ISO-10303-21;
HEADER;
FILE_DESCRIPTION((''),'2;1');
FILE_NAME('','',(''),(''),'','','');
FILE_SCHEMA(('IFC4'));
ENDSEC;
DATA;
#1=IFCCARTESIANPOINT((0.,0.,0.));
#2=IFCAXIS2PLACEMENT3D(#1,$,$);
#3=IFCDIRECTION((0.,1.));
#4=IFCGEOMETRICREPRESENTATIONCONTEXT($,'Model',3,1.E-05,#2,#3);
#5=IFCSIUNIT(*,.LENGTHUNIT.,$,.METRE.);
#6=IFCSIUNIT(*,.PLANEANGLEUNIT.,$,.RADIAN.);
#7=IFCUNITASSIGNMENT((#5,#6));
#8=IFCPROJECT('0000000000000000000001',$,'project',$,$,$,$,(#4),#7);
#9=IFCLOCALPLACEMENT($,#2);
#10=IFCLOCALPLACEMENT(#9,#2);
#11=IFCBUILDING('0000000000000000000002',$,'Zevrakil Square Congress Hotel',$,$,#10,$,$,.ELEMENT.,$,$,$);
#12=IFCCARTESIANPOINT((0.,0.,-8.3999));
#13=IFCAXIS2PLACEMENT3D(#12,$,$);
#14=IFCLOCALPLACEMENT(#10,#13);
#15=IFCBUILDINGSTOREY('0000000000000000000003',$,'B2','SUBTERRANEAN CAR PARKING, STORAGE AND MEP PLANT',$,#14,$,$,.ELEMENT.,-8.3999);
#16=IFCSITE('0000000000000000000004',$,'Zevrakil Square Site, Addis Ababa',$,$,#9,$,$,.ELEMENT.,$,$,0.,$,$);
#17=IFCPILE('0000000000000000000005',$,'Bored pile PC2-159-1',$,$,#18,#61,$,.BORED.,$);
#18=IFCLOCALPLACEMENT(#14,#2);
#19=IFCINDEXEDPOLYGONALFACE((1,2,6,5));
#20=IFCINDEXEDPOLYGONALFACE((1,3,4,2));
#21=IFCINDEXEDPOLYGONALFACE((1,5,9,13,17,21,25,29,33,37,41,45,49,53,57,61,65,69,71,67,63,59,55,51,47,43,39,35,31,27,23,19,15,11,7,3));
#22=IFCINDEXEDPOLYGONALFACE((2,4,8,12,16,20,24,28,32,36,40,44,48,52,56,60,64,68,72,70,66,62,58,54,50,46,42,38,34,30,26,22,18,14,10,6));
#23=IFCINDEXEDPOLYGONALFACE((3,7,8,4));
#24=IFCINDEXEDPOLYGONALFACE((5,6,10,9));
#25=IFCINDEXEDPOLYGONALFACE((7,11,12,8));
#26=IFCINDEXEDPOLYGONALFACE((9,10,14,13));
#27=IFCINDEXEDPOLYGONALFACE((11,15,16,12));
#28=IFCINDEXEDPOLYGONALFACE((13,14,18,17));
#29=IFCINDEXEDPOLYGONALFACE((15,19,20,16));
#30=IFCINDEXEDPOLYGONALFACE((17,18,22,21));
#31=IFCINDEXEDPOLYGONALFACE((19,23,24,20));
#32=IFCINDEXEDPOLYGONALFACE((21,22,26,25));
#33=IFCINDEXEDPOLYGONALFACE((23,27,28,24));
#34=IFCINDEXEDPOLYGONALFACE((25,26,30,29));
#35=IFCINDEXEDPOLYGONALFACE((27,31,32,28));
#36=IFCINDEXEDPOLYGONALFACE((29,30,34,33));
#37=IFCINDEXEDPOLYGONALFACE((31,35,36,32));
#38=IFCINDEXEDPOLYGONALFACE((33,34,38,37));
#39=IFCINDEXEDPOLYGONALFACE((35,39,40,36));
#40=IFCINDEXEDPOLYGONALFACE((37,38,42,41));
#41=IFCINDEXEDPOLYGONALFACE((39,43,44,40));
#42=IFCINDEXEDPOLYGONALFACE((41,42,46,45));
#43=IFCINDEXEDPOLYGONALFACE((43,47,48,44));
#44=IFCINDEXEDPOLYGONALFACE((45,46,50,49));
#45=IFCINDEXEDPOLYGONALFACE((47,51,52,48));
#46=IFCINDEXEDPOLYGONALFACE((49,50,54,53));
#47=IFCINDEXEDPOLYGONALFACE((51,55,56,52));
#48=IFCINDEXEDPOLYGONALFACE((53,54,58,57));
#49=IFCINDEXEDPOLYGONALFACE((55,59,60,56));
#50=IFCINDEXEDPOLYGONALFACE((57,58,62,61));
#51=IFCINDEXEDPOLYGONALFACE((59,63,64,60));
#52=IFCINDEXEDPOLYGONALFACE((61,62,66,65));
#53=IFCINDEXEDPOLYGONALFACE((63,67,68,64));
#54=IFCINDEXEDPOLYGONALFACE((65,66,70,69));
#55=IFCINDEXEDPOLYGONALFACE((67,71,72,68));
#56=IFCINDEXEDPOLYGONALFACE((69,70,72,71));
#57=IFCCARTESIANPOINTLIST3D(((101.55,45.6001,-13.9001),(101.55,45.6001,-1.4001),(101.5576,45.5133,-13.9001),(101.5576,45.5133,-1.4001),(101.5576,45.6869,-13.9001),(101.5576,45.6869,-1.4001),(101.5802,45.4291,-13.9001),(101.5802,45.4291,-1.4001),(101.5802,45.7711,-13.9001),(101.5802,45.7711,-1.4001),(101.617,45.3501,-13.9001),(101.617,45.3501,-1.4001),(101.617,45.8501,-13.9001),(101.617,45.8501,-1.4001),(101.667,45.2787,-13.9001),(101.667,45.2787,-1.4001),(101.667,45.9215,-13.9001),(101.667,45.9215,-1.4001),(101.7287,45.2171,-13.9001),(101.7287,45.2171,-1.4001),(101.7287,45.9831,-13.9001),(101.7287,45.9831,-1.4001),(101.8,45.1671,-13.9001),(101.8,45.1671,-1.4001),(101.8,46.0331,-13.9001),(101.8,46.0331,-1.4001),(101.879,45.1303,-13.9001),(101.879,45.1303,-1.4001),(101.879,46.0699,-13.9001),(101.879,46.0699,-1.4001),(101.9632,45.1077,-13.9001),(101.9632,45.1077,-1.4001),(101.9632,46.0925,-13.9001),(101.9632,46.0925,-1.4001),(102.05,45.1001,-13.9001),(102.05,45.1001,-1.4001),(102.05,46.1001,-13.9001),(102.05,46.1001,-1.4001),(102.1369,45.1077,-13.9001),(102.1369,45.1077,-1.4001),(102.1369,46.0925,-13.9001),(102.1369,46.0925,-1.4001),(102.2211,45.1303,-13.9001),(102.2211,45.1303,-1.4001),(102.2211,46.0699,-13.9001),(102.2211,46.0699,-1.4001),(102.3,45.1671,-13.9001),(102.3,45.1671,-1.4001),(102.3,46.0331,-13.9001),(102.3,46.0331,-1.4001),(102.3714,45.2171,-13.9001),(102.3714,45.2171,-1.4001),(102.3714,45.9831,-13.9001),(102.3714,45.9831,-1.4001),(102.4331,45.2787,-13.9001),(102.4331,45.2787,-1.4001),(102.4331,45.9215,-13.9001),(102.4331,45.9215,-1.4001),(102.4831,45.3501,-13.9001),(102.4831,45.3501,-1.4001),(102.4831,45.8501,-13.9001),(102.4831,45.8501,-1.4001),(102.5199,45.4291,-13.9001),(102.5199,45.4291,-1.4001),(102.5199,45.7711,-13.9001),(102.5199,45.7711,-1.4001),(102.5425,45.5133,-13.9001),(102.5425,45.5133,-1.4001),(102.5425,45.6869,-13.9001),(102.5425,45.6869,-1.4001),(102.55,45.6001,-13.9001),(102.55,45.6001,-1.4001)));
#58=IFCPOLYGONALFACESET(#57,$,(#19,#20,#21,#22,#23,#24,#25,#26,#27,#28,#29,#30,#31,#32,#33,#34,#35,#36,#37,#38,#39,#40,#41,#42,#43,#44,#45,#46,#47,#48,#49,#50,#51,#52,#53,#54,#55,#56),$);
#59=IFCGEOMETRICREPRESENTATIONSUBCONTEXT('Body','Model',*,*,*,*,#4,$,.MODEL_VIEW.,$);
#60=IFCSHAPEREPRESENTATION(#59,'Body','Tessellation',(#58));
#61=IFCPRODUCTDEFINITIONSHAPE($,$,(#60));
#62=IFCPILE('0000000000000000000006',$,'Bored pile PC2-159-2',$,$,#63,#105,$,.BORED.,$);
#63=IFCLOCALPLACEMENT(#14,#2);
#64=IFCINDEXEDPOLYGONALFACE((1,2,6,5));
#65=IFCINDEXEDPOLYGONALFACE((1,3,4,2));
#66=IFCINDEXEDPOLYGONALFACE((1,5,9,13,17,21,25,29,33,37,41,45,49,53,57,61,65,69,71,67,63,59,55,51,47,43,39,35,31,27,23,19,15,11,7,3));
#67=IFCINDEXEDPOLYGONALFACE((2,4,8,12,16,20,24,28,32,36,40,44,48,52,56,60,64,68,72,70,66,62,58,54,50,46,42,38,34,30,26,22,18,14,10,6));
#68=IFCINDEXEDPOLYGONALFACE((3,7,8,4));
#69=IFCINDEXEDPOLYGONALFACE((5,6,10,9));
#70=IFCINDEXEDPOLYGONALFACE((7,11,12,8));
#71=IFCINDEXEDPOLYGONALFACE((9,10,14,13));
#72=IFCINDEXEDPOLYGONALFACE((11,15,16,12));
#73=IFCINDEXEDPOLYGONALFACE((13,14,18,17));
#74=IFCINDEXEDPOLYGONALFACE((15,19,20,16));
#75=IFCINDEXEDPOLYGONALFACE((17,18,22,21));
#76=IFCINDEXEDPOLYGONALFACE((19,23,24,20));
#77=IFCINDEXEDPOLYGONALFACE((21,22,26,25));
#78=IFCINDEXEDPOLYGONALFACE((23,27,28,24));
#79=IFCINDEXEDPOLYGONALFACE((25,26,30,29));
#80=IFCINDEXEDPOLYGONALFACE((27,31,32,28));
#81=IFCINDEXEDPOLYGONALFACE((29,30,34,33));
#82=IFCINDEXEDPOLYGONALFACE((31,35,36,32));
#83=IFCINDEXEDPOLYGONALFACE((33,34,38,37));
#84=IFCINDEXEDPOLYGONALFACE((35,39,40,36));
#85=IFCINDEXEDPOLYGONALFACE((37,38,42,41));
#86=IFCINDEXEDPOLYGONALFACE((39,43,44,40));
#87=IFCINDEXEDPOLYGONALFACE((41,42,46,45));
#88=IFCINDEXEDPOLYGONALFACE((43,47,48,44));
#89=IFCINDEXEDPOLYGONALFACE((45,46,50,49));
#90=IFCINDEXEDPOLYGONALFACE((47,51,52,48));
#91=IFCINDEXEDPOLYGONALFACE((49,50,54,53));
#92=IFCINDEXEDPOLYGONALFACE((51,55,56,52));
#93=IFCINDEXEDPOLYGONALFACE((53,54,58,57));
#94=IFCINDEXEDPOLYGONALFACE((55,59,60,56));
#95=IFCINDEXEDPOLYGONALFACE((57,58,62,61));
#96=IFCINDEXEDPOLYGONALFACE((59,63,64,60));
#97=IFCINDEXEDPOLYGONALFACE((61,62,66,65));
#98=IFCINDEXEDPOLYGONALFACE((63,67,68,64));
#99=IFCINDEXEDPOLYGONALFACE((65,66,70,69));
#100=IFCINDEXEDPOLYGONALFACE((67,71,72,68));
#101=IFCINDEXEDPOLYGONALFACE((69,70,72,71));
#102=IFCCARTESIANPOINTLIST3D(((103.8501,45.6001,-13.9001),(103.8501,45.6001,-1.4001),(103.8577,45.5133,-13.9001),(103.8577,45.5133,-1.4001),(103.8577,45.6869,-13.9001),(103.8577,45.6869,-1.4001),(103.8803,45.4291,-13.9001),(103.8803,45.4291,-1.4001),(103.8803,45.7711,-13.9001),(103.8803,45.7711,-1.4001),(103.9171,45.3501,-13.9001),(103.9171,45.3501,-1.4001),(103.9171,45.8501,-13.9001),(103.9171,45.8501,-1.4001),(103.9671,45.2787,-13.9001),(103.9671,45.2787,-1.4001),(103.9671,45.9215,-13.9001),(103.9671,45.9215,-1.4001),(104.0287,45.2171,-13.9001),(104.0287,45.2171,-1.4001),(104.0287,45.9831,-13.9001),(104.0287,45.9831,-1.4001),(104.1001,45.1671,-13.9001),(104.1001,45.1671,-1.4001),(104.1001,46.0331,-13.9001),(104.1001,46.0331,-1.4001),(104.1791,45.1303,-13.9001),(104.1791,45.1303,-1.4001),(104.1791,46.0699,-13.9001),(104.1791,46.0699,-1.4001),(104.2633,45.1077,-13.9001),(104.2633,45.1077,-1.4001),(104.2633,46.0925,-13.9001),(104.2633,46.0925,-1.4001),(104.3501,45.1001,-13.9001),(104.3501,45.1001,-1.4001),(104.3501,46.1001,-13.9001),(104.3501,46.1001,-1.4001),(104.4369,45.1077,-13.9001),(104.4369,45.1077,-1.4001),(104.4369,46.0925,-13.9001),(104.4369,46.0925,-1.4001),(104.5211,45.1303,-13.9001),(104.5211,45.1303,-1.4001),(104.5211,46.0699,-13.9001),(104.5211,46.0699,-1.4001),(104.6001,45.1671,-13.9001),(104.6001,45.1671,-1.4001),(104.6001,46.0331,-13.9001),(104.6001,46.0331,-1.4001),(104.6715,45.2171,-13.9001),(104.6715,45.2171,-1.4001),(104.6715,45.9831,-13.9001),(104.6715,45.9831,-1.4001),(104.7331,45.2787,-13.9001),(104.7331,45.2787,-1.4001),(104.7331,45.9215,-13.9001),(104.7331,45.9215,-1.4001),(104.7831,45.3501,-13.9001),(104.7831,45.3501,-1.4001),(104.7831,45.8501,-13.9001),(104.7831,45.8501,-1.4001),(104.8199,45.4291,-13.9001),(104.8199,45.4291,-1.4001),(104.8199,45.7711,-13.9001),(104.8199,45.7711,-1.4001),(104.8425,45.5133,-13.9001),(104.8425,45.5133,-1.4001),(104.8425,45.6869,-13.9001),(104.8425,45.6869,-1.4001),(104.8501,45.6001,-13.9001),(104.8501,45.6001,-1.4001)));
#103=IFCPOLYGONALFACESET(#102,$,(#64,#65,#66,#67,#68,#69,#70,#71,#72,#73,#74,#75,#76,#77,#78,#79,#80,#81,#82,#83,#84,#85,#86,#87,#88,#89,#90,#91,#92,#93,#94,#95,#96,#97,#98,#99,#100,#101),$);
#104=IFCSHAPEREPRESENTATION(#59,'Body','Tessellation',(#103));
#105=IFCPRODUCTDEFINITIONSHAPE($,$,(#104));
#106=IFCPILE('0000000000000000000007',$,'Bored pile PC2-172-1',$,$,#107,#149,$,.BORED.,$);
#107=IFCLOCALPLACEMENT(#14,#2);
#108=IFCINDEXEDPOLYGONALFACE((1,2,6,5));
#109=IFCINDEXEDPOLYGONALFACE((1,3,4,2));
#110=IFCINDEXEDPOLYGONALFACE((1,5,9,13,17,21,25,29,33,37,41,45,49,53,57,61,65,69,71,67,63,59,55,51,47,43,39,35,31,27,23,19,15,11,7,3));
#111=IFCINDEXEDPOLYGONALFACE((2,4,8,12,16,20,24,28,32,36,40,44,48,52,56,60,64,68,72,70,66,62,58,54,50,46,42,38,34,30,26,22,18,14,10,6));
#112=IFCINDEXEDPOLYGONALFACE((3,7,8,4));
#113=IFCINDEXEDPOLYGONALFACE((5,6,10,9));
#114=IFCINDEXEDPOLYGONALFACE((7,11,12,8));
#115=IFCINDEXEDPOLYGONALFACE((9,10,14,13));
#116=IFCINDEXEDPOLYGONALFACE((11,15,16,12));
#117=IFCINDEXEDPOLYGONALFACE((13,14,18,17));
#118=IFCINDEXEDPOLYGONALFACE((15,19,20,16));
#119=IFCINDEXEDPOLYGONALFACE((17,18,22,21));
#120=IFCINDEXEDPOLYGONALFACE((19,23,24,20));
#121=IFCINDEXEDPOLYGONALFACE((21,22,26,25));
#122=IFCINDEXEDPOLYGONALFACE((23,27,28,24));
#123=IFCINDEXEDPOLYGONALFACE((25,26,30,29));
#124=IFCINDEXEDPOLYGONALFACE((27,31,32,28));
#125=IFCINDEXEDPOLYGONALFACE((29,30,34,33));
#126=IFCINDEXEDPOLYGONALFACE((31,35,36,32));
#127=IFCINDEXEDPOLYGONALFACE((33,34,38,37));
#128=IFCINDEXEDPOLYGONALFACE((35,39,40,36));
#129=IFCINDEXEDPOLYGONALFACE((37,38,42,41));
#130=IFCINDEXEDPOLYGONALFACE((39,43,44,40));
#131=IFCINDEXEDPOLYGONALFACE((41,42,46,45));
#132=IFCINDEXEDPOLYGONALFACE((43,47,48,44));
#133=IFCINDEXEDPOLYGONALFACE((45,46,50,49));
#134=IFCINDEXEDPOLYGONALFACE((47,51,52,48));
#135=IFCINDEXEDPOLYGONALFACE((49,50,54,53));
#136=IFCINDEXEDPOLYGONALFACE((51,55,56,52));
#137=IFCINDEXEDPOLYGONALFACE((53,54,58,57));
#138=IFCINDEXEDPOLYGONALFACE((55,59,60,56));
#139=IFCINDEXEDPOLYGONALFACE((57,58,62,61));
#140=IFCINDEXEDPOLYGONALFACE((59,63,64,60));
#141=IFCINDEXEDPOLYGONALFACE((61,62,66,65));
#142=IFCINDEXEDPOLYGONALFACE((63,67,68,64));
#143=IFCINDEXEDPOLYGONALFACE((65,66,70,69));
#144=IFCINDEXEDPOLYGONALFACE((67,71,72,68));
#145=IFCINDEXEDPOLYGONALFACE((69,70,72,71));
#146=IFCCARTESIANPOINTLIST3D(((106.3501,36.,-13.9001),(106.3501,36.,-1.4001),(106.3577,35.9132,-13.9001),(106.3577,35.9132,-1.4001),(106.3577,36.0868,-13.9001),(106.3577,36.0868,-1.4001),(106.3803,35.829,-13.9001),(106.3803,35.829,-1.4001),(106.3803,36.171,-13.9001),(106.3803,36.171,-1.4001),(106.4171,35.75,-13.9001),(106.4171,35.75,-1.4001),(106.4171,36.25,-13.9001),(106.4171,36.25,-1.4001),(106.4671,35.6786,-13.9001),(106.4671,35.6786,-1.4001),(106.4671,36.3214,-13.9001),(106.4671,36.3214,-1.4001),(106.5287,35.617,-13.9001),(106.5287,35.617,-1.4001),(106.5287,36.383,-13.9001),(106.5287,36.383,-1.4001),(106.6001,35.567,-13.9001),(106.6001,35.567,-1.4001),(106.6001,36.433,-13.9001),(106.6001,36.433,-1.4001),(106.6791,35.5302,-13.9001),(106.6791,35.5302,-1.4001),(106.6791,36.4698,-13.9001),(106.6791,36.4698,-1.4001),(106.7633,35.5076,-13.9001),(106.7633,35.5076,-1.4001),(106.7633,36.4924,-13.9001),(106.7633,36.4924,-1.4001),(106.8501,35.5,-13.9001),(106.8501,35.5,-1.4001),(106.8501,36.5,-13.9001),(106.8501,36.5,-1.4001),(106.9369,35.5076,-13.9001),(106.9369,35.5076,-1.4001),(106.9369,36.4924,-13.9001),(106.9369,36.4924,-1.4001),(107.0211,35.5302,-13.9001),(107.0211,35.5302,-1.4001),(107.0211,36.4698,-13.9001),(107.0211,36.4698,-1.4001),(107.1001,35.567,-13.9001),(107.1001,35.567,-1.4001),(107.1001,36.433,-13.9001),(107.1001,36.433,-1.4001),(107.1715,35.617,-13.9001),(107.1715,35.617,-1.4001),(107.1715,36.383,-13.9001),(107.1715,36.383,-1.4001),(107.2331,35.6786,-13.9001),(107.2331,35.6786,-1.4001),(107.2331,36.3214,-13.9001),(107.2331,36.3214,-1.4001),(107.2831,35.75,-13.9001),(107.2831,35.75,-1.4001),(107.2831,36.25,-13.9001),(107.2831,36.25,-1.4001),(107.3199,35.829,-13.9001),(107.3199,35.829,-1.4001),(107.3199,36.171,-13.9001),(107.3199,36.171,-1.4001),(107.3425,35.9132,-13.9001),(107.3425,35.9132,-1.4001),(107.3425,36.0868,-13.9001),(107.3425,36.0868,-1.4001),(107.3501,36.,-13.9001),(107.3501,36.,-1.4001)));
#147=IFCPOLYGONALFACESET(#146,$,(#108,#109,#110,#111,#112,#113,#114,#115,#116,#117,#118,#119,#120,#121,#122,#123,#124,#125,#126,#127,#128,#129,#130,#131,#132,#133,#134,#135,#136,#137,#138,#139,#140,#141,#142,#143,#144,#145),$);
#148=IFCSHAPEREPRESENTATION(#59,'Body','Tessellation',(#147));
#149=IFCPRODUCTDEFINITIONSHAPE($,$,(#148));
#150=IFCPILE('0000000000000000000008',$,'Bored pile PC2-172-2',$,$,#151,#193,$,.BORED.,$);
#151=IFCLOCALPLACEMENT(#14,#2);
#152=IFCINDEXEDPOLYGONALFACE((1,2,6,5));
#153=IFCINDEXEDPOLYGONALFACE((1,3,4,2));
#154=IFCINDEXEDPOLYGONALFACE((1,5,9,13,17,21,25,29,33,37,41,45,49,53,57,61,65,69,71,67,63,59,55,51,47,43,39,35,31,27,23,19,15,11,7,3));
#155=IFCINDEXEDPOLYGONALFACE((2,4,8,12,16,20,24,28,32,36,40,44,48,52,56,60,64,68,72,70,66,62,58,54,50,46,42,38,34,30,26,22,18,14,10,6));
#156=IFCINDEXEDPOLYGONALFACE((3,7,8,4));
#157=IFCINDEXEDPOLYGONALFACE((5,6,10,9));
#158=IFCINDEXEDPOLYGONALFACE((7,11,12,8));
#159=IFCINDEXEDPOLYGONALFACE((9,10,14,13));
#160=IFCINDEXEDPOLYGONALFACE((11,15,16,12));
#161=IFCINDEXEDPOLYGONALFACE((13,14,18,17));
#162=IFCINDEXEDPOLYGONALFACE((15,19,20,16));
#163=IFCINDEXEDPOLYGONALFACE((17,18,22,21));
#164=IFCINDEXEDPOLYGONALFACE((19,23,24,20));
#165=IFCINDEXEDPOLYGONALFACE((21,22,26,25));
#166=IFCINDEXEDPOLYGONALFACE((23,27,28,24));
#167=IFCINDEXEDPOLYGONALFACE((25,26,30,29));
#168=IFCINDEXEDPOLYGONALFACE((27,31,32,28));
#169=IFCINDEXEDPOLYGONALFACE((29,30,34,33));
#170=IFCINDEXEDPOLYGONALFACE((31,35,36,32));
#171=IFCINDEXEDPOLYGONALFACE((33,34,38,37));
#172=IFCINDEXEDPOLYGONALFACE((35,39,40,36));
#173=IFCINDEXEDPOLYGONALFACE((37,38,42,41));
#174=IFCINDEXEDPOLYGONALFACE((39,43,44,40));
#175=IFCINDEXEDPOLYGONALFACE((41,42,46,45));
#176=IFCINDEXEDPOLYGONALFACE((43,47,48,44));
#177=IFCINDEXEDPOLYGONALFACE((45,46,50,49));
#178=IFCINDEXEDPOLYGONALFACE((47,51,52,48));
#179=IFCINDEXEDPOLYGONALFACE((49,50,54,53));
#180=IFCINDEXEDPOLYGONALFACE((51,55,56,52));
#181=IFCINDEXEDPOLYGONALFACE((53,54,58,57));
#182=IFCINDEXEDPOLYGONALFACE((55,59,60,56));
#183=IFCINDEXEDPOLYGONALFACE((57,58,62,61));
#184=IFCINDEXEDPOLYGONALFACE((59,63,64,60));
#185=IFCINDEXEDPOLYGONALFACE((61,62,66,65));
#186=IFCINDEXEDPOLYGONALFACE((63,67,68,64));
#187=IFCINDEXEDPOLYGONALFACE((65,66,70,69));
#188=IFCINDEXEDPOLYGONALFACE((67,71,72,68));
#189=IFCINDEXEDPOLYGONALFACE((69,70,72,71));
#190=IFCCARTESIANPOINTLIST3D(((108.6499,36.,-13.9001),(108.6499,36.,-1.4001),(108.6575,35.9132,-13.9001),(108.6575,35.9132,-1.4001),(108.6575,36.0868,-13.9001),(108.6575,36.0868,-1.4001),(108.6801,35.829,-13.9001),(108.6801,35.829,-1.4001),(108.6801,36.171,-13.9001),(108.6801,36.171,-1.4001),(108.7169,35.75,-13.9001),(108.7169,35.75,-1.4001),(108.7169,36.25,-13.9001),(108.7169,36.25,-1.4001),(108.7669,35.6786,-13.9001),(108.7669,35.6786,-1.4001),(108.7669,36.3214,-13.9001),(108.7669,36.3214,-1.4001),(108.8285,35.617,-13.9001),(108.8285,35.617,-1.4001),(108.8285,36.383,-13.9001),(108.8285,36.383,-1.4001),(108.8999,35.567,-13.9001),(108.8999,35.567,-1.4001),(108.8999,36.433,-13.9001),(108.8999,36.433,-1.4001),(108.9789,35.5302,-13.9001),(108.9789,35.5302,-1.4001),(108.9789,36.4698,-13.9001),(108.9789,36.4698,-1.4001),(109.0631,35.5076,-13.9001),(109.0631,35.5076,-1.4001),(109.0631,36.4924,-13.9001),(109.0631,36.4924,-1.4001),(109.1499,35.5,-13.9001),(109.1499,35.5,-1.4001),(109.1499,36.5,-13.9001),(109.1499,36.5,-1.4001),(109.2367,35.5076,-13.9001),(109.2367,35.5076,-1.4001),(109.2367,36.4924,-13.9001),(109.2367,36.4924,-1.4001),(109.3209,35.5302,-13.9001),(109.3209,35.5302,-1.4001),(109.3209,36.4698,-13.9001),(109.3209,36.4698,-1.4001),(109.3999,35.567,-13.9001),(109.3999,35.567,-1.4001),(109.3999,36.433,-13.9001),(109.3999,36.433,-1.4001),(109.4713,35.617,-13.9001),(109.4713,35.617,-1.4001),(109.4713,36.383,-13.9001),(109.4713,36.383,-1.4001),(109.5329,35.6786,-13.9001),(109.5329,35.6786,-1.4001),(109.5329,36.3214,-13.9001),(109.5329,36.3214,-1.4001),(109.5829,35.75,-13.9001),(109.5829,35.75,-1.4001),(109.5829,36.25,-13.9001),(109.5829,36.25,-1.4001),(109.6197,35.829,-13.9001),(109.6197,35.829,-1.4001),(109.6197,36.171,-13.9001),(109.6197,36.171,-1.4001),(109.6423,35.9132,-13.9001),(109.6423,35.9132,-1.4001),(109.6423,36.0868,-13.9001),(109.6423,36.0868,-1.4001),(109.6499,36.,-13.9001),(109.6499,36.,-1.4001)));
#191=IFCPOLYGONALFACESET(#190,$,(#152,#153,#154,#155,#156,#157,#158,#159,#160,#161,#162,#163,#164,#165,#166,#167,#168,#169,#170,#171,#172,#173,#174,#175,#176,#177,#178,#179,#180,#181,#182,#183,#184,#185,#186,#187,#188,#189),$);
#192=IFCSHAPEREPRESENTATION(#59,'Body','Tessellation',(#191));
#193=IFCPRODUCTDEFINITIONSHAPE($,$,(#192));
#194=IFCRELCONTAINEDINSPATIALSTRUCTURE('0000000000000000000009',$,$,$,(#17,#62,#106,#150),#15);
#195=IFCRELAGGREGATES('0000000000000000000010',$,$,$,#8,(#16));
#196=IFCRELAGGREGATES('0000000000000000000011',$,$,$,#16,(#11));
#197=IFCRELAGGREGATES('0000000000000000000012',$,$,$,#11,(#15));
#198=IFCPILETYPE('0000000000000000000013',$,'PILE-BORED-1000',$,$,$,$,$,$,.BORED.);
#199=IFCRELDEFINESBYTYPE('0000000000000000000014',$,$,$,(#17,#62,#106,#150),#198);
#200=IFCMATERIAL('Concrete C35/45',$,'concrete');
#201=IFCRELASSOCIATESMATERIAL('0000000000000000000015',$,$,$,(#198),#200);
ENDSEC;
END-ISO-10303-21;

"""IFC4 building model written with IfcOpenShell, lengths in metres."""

from ifc_helpers import new_model, si_unit, direction, frame, origin, origin_2d, place, context, subcontext, project, spatial, circle, extrude, material, material_profile, profile_set, type_object, element, save


model = new_model("IFC4")

# Units and contexts
model_context = context("Model", 3, precision=1e-05, world=origin(), true_north=direction((0.0, 1.0)))
body_context = subcontext(model_context, "Body", "Model", "MODEL_VIEW")
ifc_project = project(units=[si_unit("LENGTHUNIT", "METRE"), si_unit("PLANEANGLEUNIT", "RADIAN")], contexts=[model_context])

# Site, building, storey
site_placement = place(None, origin())
site = spatial("IfcSite", under=ifc_project, at=site_placement, Name="Zevrakil Square Site, Addis Ababa", CompositionType="ELEMENT", RefElevation=0.0)
building_placement = place(site_placement, origin())
building = spatial("IfcBuilding", under=site, at=building_placement, Name="Zevrakil Square Congress Hotel", CompositionType="ELEMENT")
storey_placement = place(building_placement, frame((0.0, 0.0, -8.3999)))
storey = spatial("IfcBuildingStorey", under=building, at=storey_placement, Name="B2", Description="SUBTERRANEAN CAR PARKING, STORAGE AND MEP PLANT", CompositionType="ELEMENT", Elevation=-8.3999)

# Piles
ifc_material_1 = material(Name="Concrete C35/45", Category="concrete")
ifc_material_profile_1 = material_profile(ifc_material_1, circle(Radius=0.5, at=origin_2d()), Name="PILE D1000")
ifc_profile_set_1 = profile_set([ifc_material_profile_1], Name="Concrete C35/45")
pile_type = type_object("IfcPileType", Name="PILE-BORED-1000", PredefinedType="BORED", material=ifc_profile_set_1)
for number, where, z_axis, x_axis, name in (
    (1, (102.05, 45.6001, -1.4001), (0.0, 0.0, -1.0), (1.0, 0.0, 0.0), "Bored pile PC2-159-1"),
    (2, (104.3501, 45.6001, -1.4001), (0.0, 0.0, -1.0), (1.0, 0.0, 0.0), "Bored pile PC2-159-2"),
    (3, (106.8501, 36.0, -1.4001), (0.0, 0.0, -1.0), (1.0, 0.0, 0.0), "Bored pile PC2-172-1"),
    (4, (109.1499, 36.0, -1.4001), (0.0, 0.0, -1.0), (1.0, 0.0, 0.0), "Bored pile PC2-172-2"),
):
    element("IfcPile", number, at=place(storey_placement, frame(where, z_axis=z_axis, x_axis=x_axis)), inside=storey, type_object=pile_type, Name=name, PredefinedType="BORED", context=body_context, shape_type="SweptSolid", body=[
        extrude(circle(Radius=0.5, at=origin_2d()), origin(), (0.0, 0.0, 1.0), 12.5),
    ])

save(model, "model.ifc")
